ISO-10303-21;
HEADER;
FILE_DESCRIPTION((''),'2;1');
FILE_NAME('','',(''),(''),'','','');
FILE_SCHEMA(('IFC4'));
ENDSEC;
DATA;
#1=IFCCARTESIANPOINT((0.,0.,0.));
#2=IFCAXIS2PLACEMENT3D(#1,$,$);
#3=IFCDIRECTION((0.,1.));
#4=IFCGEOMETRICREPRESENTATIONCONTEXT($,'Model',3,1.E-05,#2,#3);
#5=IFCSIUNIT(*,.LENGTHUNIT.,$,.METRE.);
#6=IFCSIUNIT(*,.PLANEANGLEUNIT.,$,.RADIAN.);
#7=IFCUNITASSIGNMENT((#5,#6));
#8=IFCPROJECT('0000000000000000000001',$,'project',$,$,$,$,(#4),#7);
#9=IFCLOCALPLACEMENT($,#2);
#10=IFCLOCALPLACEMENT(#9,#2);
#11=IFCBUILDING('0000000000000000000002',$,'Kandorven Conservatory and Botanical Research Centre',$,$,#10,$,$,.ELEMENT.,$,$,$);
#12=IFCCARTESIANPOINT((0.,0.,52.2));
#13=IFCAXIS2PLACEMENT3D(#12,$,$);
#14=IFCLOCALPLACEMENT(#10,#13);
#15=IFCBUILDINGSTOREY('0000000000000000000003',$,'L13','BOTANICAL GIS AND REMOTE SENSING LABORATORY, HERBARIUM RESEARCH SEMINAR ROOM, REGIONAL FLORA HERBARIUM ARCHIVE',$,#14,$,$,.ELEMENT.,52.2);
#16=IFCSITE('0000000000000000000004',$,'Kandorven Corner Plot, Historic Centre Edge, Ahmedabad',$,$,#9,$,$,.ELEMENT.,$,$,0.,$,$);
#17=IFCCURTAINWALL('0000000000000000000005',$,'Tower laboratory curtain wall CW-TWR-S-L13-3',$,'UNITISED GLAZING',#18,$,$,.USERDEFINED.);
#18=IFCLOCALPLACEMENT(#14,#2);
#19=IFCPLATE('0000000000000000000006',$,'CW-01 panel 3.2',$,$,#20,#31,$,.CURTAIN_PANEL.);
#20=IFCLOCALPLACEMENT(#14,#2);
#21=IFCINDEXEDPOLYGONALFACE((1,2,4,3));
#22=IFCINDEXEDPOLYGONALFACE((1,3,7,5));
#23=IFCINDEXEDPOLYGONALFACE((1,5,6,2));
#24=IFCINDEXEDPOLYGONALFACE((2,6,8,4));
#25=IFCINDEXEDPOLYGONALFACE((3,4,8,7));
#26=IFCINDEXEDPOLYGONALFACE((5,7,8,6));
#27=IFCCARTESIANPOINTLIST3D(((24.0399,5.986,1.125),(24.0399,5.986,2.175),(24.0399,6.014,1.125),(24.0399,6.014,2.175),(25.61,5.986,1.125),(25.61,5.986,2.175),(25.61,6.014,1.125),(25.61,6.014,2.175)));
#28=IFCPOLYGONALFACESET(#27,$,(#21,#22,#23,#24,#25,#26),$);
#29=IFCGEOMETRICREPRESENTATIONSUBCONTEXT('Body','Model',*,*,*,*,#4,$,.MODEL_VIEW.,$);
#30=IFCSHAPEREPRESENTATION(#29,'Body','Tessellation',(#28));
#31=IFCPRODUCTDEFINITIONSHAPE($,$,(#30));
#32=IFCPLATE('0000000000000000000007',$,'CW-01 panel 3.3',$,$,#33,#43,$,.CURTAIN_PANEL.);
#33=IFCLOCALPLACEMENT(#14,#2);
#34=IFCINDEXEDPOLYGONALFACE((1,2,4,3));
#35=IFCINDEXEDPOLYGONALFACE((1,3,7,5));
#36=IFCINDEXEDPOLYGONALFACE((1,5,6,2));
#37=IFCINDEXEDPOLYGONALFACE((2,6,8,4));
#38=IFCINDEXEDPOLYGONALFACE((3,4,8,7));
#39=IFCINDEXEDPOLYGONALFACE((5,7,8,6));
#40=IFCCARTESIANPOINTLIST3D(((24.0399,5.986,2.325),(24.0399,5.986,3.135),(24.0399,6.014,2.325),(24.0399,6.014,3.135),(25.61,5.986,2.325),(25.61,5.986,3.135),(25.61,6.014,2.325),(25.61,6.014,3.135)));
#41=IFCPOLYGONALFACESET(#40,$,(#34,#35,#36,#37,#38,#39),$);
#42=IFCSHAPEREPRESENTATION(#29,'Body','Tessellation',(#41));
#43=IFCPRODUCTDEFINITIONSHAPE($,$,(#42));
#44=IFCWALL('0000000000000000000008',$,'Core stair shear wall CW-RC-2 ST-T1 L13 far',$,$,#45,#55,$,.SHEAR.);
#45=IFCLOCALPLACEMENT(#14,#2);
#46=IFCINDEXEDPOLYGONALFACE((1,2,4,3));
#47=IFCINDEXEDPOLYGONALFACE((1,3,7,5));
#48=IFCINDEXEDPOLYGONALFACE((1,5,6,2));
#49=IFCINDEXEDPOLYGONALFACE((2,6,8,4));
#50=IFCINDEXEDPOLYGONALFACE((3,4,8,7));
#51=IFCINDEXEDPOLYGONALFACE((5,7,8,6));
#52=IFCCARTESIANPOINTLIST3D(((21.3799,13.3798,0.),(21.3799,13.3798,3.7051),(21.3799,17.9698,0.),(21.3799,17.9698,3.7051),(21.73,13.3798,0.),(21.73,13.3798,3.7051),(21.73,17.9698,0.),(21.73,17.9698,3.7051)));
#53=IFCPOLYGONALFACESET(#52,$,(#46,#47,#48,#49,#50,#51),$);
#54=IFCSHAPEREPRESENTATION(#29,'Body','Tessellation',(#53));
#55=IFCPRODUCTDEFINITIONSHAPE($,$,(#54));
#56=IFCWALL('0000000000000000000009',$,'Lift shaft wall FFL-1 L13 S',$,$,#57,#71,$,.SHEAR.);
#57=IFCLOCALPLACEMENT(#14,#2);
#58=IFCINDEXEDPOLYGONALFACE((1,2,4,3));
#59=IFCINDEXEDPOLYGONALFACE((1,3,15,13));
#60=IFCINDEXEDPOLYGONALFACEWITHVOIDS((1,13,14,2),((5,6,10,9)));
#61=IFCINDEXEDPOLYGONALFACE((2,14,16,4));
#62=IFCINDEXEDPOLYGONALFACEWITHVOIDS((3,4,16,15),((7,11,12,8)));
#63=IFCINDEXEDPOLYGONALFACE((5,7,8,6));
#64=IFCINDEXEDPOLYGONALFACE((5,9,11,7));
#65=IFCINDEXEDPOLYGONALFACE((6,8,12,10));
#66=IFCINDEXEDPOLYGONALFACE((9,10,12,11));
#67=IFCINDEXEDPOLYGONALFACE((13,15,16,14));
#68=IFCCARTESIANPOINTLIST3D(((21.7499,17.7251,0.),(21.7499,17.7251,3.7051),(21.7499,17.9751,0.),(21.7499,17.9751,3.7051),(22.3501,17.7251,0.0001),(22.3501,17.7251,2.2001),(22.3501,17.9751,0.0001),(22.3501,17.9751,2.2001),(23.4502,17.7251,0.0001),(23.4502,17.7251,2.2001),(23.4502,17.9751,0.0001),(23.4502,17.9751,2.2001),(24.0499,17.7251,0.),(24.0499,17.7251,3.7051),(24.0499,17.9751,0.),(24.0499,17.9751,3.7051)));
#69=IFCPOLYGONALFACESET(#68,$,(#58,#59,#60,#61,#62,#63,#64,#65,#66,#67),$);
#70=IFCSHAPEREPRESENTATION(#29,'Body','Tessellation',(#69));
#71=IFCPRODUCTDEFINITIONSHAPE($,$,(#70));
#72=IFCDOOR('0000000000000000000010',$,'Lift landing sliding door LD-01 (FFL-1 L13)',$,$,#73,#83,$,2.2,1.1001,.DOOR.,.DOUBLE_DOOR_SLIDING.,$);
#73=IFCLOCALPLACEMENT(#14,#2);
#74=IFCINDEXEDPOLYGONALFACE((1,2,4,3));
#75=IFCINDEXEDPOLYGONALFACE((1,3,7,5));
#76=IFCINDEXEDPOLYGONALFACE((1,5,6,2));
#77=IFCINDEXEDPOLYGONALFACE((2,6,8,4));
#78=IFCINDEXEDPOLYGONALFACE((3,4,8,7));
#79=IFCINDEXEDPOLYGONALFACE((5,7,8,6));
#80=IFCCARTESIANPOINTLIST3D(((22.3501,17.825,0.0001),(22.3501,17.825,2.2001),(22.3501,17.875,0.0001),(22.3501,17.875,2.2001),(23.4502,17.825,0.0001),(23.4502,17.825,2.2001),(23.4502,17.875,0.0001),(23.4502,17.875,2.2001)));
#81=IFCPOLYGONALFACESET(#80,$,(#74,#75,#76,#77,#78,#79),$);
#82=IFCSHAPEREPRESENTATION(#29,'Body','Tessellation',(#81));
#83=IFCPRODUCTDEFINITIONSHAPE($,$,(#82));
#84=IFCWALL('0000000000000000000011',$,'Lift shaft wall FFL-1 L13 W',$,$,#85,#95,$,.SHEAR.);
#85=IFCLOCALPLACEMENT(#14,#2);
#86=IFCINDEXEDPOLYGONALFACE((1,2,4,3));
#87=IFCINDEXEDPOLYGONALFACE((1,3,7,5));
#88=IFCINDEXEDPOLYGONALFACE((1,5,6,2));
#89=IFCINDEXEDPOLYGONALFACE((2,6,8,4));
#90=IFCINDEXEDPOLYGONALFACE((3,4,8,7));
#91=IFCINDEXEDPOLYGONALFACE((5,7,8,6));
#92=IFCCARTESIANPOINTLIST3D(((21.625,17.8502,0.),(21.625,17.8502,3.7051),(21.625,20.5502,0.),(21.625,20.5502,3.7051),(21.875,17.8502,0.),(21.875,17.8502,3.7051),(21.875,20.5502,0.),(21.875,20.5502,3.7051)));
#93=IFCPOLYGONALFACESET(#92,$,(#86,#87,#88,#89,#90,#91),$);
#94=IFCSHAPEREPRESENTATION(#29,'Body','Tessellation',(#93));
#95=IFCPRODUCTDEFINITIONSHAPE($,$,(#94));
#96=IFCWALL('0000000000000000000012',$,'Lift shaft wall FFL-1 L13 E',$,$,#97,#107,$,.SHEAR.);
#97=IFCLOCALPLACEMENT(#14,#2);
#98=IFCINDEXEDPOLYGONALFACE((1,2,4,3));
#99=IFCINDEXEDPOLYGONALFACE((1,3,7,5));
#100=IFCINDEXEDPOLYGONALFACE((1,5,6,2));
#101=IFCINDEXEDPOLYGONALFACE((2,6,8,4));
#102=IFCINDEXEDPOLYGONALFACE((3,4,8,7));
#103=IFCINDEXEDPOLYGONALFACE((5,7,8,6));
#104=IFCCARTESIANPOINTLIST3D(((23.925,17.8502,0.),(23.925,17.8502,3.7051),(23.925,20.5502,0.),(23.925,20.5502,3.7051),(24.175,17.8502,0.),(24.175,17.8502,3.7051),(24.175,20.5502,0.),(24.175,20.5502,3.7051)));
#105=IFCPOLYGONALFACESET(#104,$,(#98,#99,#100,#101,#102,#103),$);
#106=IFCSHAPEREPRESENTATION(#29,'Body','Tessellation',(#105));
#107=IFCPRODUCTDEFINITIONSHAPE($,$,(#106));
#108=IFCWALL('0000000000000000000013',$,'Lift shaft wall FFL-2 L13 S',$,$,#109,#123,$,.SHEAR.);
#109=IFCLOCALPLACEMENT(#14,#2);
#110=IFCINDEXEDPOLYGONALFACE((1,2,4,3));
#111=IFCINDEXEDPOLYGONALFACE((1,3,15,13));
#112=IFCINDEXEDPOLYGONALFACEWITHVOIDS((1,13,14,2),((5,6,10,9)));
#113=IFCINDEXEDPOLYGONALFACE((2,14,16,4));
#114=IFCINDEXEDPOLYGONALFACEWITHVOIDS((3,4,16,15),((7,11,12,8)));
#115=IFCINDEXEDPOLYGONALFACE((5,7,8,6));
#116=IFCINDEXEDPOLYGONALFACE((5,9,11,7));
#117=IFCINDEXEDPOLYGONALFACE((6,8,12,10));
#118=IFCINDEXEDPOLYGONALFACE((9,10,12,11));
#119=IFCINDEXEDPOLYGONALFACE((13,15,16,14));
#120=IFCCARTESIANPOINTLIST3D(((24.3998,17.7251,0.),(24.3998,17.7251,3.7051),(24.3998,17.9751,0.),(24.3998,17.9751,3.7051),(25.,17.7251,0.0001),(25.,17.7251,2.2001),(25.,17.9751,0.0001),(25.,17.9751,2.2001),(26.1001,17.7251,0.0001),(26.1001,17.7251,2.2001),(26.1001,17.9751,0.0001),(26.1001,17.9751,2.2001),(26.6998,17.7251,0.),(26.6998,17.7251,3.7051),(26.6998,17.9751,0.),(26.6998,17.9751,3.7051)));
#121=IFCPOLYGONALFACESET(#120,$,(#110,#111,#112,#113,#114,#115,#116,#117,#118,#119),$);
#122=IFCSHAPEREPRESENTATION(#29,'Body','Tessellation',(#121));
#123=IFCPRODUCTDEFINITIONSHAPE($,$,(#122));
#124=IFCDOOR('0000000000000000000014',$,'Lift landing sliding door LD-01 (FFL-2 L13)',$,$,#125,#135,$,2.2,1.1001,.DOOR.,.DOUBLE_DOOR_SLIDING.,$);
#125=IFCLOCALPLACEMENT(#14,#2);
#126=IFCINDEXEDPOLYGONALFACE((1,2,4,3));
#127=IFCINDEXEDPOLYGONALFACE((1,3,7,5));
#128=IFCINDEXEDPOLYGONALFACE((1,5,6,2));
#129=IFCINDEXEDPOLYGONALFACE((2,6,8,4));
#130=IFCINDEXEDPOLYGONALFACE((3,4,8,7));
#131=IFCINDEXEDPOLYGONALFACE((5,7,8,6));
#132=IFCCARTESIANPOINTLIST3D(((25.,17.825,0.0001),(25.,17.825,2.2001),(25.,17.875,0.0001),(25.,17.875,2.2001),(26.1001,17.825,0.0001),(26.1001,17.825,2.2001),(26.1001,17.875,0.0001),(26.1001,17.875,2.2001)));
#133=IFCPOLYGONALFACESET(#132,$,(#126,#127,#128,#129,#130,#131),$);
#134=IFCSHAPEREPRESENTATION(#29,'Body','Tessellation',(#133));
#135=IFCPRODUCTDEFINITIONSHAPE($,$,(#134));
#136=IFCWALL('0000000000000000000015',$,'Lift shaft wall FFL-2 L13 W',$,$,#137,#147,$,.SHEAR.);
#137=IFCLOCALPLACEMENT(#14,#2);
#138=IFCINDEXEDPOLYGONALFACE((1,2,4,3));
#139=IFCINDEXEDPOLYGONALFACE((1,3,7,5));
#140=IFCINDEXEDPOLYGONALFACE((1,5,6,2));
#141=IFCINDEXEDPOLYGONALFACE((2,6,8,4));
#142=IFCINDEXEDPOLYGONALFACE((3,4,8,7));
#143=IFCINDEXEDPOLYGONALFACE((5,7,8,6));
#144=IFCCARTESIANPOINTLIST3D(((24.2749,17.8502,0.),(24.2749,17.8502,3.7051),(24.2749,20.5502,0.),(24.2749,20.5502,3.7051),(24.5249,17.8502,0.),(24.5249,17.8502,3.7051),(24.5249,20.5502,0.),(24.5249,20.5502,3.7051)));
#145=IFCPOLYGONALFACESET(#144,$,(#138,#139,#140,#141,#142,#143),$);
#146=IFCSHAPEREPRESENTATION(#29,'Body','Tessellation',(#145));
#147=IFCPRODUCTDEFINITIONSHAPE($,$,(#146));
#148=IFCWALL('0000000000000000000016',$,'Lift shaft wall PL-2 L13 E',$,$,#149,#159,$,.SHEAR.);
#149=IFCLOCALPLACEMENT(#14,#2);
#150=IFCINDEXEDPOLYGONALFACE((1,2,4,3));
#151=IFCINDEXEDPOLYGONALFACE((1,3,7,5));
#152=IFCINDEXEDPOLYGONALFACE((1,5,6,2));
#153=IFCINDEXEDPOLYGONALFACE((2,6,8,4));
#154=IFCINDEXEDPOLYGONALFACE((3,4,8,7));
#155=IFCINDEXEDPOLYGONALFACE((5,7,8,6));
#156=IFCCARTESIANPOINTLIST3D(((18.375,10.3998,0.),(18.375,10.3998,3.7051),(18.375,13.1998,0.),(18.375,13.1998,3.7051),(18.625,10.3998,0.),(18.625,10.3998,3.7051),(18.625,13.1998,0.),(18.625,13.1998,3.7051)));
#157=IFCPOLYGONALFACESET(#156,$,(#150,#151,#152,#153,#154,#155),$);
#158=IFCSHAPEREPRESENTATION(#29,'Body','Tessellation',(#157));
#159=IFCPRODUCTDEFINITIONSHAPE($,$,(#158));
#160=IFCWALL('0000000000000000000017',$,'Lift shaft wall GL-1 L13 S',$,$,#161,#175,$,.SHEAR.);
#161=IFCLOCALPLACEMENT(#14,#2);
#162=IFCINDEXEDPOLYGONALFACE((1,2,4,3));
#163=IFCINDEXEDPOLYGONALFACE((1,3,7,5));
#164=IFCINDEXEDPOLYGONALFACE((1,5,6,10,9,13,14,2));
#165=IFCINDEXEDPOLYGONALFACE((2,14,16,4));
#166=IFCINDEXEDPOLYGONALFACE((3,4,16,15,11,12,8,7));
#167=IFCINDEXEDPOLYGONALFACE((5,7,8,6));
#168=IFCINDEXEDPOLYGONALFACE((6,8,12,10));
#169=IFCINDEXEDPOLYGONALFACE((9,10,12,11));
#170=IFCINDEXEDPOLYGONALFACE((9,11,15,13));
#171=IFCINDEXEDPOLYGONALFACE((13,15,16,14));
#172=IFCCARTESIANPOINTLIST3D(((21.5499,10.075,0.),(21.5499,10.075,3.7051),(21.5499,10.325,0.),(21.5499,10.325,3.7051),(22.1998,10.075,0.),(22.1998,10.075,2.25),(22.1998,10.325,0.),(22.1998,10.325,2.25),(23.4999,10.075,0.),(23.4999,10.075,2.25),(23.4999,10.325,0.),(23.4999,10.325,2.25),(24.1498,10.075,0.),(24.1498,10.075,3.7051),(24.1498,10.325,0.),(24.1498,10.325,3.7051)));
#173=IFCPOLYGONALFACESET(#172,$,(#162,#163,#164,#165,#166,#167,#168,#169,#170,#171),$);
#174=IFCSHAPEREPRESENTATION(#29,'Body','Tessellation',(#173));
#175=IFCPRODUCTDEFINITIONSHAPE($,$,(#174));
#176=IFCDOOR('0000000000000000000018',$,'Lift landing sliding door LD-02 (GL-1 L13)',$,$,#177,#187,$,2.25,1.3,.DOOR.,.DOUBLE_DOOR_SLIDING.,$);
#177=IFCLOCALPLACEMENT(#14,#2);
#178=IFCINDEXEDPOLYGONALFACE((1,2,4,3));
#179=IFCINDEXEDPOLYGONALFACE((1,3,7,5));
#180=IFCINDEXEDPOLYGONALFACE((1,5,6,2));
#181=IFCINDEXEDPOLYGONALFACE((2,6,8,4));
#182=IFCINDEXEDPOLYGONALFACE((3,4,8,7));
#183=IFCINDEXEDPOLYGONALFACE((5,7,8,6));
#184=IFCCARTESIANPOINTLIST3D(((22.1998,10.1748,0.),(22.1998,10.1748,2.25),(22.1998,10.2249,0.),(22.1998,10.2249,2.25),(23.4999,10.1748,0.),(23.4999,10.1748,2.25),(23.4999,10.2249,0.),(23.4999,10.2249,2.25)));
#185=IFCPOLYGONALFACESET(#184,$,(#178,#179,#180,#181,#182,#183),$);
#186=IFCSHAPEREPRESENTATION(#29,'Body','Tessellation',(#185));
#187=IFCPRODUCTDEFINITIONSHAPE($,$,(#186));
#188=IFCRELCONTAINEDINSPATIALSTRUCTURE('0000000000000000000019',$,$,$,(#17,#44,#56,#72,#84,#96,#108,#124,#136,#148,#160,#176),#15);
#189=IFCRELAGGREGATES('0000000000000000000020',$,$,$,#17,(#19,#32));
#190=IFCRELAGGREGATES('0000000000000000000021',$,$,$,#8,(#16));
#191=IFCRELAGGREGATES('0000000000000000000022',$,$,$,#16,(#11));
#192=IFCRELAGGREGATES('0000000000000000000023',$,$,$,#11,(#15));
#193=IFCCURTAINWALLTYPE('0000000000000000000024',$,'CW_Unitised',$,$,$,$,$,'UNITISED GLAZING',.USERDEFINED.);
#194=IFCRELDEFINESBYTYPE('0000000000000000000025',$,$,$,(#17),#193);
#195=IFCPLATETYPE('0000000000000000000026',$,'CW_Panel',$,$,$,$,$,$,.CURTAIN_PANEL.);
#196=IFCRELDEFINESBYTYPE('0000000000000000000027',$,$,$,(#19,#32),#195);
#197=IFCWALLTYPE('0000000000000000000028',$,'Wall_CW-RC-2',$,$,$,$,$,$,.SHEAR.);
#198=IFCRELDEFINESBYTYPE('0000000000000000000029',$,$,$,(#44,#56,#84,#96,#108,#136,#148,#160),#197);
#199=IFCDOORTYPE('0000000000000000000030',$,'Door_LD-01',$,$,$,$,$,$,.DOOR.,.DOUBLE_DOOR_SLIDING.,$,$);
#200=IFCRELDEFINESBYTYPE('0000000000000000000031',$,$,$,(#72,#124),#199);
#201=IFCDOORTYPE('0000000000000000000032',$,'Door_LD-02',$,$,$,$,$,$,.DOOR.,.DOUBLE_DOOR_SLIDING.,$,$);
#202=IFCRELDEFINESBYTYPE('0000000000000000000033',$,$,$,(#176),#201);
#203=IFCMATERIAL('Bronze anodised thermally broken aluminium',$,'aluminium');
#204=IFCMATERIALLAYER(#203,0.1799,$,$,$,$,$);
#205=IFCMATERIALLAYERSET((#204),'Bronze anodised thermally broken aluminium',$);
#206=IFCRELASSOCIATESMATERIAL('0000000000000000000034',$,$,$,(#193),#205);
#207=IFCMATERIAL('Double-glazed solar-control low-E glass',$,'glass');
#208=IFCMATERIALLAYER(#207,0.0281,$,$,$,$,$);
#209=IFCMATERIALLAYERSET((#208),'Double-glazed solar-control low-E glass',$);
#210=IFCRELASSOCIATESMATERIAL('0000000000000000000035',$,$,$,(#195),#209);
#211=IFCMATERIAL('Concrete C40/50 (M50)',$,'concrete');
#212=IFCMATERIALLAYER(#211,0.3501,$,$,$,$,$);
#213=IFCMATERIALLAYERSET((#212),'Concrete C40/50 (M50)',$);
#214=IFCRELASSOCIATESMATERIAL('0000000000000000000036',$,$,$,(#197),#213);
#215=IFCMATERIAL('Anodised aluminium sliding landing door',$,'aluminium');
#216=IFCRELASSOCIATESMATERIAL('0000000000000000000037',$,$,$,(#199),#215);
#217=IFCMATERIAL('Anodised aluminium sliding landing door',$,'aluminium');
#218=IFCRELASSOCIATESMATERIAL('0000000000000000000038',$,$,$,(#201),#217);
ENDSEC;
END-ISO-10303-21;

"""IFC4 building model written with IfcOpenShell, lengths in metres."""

from ifc_helpers import new_model, si_unit, direction, frame, frame_2d, origin, origin_2d, place, context, subcontext, project, spatial, rectangle, extrude, material, layer, layer_set, type_object, element, fill, aggregate, save


model = new_model("IFC4")

# Units and contexts
model_context = context("Model", 3, precision=1e-05, world=origin(), true_north=direction((0.0, 1.0)))
body_context = subcontext(model_context, "Body", "Model", "MODEL_VIEW")
ifc_project = project(units=[si_unit("LENGTHUNIT", "METRE"), si_unit("PLANEANGLEUNIT", "RADIAN")], contexts=[model_context])

# Site, building, storey
site_placement = place(None, origin())
site = spatial("IfcSite", under=ifc_project, at=site_placement, Name="Kandorven Corner Plot, Historic Centre Edge, Ahmedabad", CompositionType="ELEMENT", RefElevation=0.0)
building_placement = place(site_placement, origin())
building = spatial("IfcBuilding", under=site, at=building_placement, Name="Kandorven Conservatory and Botanical Research Centre", CompositionType="ELEMENT")
storey_placement = place(building_placement, frame((0.0, 0.0, 52.2)))
storey = spatial("IfcBuildingStorey", under=building, at=storey_placement, Name="L13", Description="BOTANICAL GIS AND REMOTE SENSING LABORATORY, HERBARIUM RESEARCH SEMINAR ROOM, REGIONAL FLORA HERBARIUM ARCHIVE", CompositionType="ELEMENT", Elevation=52.2)

# Curtain wall, plates
ifc_material_1 = material(Name="Bronze anodised thermally broken aluminium", Category="aluminium")
ifc_layer_1 = layer(ifc_material_1, 0.1799)
ifc_layer_set_1 = layer_set([ifc_layer_1], Name="Bronze anodised thermally broken aluminium")
curtain_wall_type = type_object("IfcCurtainWallType", Name="CW_Unitised", ElementType="UNITISED GLAZING", PredefinedType="USERDEFINED", material=ifc_layer_set_1)
curtain_wall_placement = place(storey_placement, origin())
curtain_wall = element("IfcCurtainWall", 1, at=curtain_wall_placement, inside=storey, type_object=curtain_wall_type, Name="Tower laboratory curtain wall CW-TWR-S-L13-3", ObjectType="UNITISED GLAZING", PredefinedType="USERDEFINED")
ifc_material_2 = material(Name="Double-glazed solar-control low-E glass", Category="glass")
ifc_layer_2 = layer(ifc_material_2, 0.0281)
ifc_layer_set_2 = layer_set([ifc_layer_2], Name="Double-glazed solar-control low-E glass")
plate_type = type_object("IfcPlateType", Name="CW_Panel", PredefinedType="CURTAIN_PANEL", material=ifc_layer_set_2)
plate_1_placement = place(storey_placement, frame((24.825, 6.0, 1.125), z_axis=(0.0, 0.0, 1.0), x_axis=(1.0, 0.0, 0.0)))
plate_1 = element("IfcPlate", 2, at=plate_1_placement, type_object=plate_type, Name="CW-01 panel 3.2", PredefinedType="CURTAIN_PANEL", context=body_context, shape_type="SweptSolid", body=[
    extrude(rectangle(XDim=1.5701, YDim=0.0281, at=origin_2d()), origin(), (0.0, 0.0, 1.0), 1.05),
])
plate_2_placement = place(storey_placement, frame((24.825, 6.0, 2.325), z_axis=(0.0, 0.0, 1.0), x_axis=(1.0, 0.0, 0.0)))
plate_2 = element("IfcPlate", 3, at=plate_2_placement, type_object=plate_type, Name="CW-01 panel 3.3", PredefinedType="CURTAIN_PANEL", context=body_context, shape_type="SweptSolid", body=[
    extrude(rectangle(XDim=1.5701, YDim=0.0281, at=origin_2d()), origin(), (0.0, 0.0, 1.0), 0.8101),
])
aggregate(curtain_wall, [plate_1, plate_2])

# Wall
ifc_material_3 = material(Name="Concrete C40/50 (M50)", Category="concrete")
ifc_layer_3 = layer(ifc_material_3, 0.3501)
ifc_layer_set_3 = layer_set([ifc_layer_3], Name="Concrete C40/50 (M50)")
wall_type_1 = type_object("IfcWallType", Name="Wall_CW-RC-2", PredefinedType="SHEAR", material=ifc_layer_set_3)
wall_1_placement = place(storey_placement, frame((21.5549, 13.3799, 0.0), z_axis=(0.0, 0.0, 1.0), x_axis=(0.0, 1.0, 0.0)))
element("IfcWall", 4, at=wall_1_placement, inside=storey, type_object=wall_type_1, Name="Core stair shear wall CW-RC-2 ST-T1 L13 far", PredefinedType="SHEAR", context=body_context, shape_type="SweptSolid", body=[
    extrude(rectangle(XDim=4.5901, YDim=0.3501, at=frame_2d((2.2949, 0.0))), origin(), (0.0, 0.0, 1.0), 3.7051),
])

# Wall, opening, door
wall_2_placement = place(storey_placement, frame((21.75, 17.8501, 0.0), z_axis=(0.0, 0.0, 1.0), x_axis=(1.0, 0.0, 0.0)))
wall_2 = element("IfcWall", 5, at=wall_2_placement, inside=storey, type_object=wall_type_1, Name="Lift shaft wall FFL-1 L13 S", PredefinedType="SHEAR", context=body_context, shape_type="SweptSolid", body=[
    extrude(rectangle(XDim=2.3, YDim=0.25, at=frame_2d((1.1499, 0.0))), origin(), (0.0, 0.0, 1.0), 3.7051),
])
opening_1_placement = place(wall_2_placement, frame((0.6001, 0.0, 0.0)))
opening_1 = element("IfcOpeningElement", 6, at=opening_1_placement, cuts=wall_2, PredefinedType="OPENING", context=body_context, shape_type="SweptSolid", body=[
    extrude(rectangle(XDim=1.1001, YDim=2.2, at=frame_2d((0.55, 1.1001))), frame((0.0, 0.135, 0.0), z_axis=(0.0, -1.0, 0.0), x_axis=(1.0, 0.0, 0.0)), (0.0, 0.0, 1.0), 0.27),
])
ifc_material_4 = material(Name="Anodised aluminium sliding landing door", Category="aluminium")
door_type_1 = type_object("IfcDoorType", Name="Door_LD-01", OperationType="DOUBLE_DOOR_SLIDING", PredefinedType="DOOR", material=ifc_material_4)
door_1_placement = place(opening_1_placement, origin())
door_1 = element("IfcDoor", 7, at=door_1_placement, inside=storey, type_object=door_type_1, Name="Lift landing sliding door LD-01 (FFL-1 L13)", OperationType="DOUBLE_DOOR_SLIDING", OverallHeight=2.2, OverallWidth=1.1001, PredefinedType="DOOR", context=body_context, shape_type="SweptSolid", body=[
    extrude(rectangle(XDim=1.1001, YDim=2.2, at=frame_2d((0.55, 1.1001))), frame((0.0, 0.0249, 0.0), z_axis=(0.0, -1.0, 0.0), x_axis=(1.0, 0.0, 0.0)), (0.0, 0.0, 1.0), 0.05),
])
fill(opening_1, door_1)

# Walls
for number, where, z_axis, x_axis, name in (
    (8, (21.75, 17.8501, 0.0), (0.0, 0.0, 1.0), (0.0, 1.0, 0.0), "Lift shaft wall FFL-1 L13 W"),
    (9, (24.05, 17.8501, 0.0), (0.0, 0.0, 1.0), (0.0, 1.0, 0.0), "Lift shaft wall FFL-1 L13 E"),
):
    element("IfcWall", number, at=place(storey_placement, frame(where, z_axis=z_axis, x_axis=x_axis)), inside=storey, type_object=wall_type_1, Name=name, PredefinedType="SHEAR", context=body_context, shape_type="SweptSolid", body=[
        extrude(rectangle(XDim=2.7, YDim=0.25, at=frame_2d((1.3501, 0.0))), origin(), (0.0, 0.0, 1.0), 3.7051),
    ])

# Wall, opening, door
wall_3_placement = place(storey_placement, frame((24.3999, 17.8501, 0.0), z_axis=(0.0, 0.0, 1.0), x_axis=(1.0, 0.0, 0.0)))
wall_3 = element("IfcWall", 10, at=wall_3_placement, inside=storey, type_object=wall_type_1, Name="Lift shaft wall FFL-2 L13 S", PredefinedType="SHEAR", context=body_context, shape_type="SweptSolid", body=[
    extrude(rectangle(XDim=2.3, YDim=0.25, at=frame_2d((1.1499, 0.0))), origin(), (0.0, 0.0, 1.0), 3.7051),
])
opening_2_placement = place(wall_3_placement, frame((0.6001, 0.0, 0.0)))
opening_2 = element("IfcOpeningElement", 11, at=opening_2_placement, cuts=wall_3, PredefinedType="OPENING", context=body_context, shape_type="SweptSolid", body=[
    extrude(rectangle(XDim=1.1001, YDim=2.2, at=frame_2d((0.55, 1.1001))), frame((0.0, 0.135, 0.0), z_axis=(0.0, -1.0, 0.0), x_axis=(1.0, 0.0, 0.0)), (0.0, 0.0, 1.0), 0.27),
])
door_2_placement = place(opening_2_placement, origin())
door_2 = element("IfcDoor", 12, at=door_2_placement, inside=storey, type_object=door_type_1, Name="Lift landing sliding door LD-01 (FFL-2 L13)", OperationType="DOUBLE_DOOR_SLIDING", OverallHeight=2.2, OverallWidth=1.1001, PredefinedType="DOOR", context=body_context, shape_type="SweptSolid", body=[
    extrude(rectangle(XDim=1.1001, YDim=2.2, at=frame_2d((0.55, 1.1001))), frame((0.0, 0.0249, 0.0), z_axis=(0.0, -1.0, 0.0), x_axis=(1.0, 0.0, 0.0)), (0.0, 0.0, 1.0), 0.05),
])
fill(opening_2, door_2)

# Walls
wall_4_placement = place(storey_placement, frame((24.3999, 17.8501, 0.0), z_axis=(0.0, 0.0, 1.0), x_axis=(0.0, 1.0, 0.0)))
element("IfcWall", 13, at=wall_4_placement, inside=storey, type_object=wall_type_1, Name="Lift shaft wall FFL-2 L13 W", PredefinedType="SHEAR", context=body_context, shape_type="SweptSolid", body=[
    extrude(rectangle(XDim=2.7, YDim=0.25, at=frame_2d((1.3501, 0.0))), origin(), (0.0, 0.0, 1.0), 3.7051),
])
wall_5_placement = place(storey_placement, frame((18.5, 10.3999, 0.0), z_axis=(0.0, 0.0, 1.0), x_axis=(0.0, 1.0, 0.0)))
element("IfcWall", 14, at=wall_5_placement, inside=storey, type_object=wall_type_1, Name="Lift shaft wall PL-2 L13 E", PredefinedType="SHEAR", context=body_context, shape_type="SweptSolid", body=[
    extrude(rectangle(XDim=2.8, YDim=0.25, at=frame_2d((1.3999, 0.0))), origin(), (0.0, 0.0, 1.0), 3.7051),
])

# Wall, opening, door
wall_6_placement = place(storey_placement, frame((21.55, 10.2, 0.0), z_axis=(0.0, 0.0, 1.0), x_axis=(1.0, 0.0, 0.0)))
wall_6 = element("IfcWall", 15, at=wall_6_placement, inside=storey, type_object=wall_type_1, Name="Lift shaft wall GL-1 L13 S", PredefinedType="SHEAR", context=body_context, shape_type="SweptSolid", body=[
    extrude(rectangle(XDim=2.5999, YDim=0.25, at=frame_2d((1.2998, 0.0))), origin(), (0.0, 0.0, 1.0), 3.7051),
])
opening_3_placement = place(wall_6_placement, frame((0.6499, 0.0, 0.0)))
opening_3 = element("IfcOpeningElement", 16, at=opening_3_placement, cuts=wall_6, PredefinedType="OPENING", context=body_context, shape_type="SweptSolid", body=[
    extrude(rectangle(XDim=1.3, YDim=2.25, at=frame_2d((0.6499, 1.125))), frame((0.0, 0.135, 0.0), z_axis=(0.0, -1.0, 0.0), x_axis=(1.0, 0.0, 0.0)), (0.0, 0.0, 1.0), 0.27),
])
ifc_material_5 = material(Name="Anodised aluminium sliding landing door", Category="aluminium")
door_type_2 = type_object("IfcDoorType", Name="Door_LD-02", OperationType="DOUBLE_DOOR_SLIDING", PredefinedType="DOOR", material=ifc_material_5)
door_3_placement = place(opening_3_placement, origin())
door_3 = element("IfcDoor", 17, at=door_3_placement, inside=storey, type_object=door_type_2, Name="Lift landing sliding door LD-02 (GL-1 L13)", OperationType="DOUBLE_DOOR_SLIDING", OverallHeight=2.25, OverallWidth=1.3, PredefinedType="DOOR", context=body_context, shape_type="SweptSolid", body=[
    extrude(rectangle(XDim=1.3, YDim=2.25, at=frame_2d((0.6499, 1.125))), frame((0.0, 0.0249, 0.0), z_axis=(0.0, -1.0, 0.0), x_axis=(1.0, 0.0, 0.0)), (0.0, 0.0, 1.0), 0.05),
])
fill(opening_3, door_3)

save(model, "model.ifc")
